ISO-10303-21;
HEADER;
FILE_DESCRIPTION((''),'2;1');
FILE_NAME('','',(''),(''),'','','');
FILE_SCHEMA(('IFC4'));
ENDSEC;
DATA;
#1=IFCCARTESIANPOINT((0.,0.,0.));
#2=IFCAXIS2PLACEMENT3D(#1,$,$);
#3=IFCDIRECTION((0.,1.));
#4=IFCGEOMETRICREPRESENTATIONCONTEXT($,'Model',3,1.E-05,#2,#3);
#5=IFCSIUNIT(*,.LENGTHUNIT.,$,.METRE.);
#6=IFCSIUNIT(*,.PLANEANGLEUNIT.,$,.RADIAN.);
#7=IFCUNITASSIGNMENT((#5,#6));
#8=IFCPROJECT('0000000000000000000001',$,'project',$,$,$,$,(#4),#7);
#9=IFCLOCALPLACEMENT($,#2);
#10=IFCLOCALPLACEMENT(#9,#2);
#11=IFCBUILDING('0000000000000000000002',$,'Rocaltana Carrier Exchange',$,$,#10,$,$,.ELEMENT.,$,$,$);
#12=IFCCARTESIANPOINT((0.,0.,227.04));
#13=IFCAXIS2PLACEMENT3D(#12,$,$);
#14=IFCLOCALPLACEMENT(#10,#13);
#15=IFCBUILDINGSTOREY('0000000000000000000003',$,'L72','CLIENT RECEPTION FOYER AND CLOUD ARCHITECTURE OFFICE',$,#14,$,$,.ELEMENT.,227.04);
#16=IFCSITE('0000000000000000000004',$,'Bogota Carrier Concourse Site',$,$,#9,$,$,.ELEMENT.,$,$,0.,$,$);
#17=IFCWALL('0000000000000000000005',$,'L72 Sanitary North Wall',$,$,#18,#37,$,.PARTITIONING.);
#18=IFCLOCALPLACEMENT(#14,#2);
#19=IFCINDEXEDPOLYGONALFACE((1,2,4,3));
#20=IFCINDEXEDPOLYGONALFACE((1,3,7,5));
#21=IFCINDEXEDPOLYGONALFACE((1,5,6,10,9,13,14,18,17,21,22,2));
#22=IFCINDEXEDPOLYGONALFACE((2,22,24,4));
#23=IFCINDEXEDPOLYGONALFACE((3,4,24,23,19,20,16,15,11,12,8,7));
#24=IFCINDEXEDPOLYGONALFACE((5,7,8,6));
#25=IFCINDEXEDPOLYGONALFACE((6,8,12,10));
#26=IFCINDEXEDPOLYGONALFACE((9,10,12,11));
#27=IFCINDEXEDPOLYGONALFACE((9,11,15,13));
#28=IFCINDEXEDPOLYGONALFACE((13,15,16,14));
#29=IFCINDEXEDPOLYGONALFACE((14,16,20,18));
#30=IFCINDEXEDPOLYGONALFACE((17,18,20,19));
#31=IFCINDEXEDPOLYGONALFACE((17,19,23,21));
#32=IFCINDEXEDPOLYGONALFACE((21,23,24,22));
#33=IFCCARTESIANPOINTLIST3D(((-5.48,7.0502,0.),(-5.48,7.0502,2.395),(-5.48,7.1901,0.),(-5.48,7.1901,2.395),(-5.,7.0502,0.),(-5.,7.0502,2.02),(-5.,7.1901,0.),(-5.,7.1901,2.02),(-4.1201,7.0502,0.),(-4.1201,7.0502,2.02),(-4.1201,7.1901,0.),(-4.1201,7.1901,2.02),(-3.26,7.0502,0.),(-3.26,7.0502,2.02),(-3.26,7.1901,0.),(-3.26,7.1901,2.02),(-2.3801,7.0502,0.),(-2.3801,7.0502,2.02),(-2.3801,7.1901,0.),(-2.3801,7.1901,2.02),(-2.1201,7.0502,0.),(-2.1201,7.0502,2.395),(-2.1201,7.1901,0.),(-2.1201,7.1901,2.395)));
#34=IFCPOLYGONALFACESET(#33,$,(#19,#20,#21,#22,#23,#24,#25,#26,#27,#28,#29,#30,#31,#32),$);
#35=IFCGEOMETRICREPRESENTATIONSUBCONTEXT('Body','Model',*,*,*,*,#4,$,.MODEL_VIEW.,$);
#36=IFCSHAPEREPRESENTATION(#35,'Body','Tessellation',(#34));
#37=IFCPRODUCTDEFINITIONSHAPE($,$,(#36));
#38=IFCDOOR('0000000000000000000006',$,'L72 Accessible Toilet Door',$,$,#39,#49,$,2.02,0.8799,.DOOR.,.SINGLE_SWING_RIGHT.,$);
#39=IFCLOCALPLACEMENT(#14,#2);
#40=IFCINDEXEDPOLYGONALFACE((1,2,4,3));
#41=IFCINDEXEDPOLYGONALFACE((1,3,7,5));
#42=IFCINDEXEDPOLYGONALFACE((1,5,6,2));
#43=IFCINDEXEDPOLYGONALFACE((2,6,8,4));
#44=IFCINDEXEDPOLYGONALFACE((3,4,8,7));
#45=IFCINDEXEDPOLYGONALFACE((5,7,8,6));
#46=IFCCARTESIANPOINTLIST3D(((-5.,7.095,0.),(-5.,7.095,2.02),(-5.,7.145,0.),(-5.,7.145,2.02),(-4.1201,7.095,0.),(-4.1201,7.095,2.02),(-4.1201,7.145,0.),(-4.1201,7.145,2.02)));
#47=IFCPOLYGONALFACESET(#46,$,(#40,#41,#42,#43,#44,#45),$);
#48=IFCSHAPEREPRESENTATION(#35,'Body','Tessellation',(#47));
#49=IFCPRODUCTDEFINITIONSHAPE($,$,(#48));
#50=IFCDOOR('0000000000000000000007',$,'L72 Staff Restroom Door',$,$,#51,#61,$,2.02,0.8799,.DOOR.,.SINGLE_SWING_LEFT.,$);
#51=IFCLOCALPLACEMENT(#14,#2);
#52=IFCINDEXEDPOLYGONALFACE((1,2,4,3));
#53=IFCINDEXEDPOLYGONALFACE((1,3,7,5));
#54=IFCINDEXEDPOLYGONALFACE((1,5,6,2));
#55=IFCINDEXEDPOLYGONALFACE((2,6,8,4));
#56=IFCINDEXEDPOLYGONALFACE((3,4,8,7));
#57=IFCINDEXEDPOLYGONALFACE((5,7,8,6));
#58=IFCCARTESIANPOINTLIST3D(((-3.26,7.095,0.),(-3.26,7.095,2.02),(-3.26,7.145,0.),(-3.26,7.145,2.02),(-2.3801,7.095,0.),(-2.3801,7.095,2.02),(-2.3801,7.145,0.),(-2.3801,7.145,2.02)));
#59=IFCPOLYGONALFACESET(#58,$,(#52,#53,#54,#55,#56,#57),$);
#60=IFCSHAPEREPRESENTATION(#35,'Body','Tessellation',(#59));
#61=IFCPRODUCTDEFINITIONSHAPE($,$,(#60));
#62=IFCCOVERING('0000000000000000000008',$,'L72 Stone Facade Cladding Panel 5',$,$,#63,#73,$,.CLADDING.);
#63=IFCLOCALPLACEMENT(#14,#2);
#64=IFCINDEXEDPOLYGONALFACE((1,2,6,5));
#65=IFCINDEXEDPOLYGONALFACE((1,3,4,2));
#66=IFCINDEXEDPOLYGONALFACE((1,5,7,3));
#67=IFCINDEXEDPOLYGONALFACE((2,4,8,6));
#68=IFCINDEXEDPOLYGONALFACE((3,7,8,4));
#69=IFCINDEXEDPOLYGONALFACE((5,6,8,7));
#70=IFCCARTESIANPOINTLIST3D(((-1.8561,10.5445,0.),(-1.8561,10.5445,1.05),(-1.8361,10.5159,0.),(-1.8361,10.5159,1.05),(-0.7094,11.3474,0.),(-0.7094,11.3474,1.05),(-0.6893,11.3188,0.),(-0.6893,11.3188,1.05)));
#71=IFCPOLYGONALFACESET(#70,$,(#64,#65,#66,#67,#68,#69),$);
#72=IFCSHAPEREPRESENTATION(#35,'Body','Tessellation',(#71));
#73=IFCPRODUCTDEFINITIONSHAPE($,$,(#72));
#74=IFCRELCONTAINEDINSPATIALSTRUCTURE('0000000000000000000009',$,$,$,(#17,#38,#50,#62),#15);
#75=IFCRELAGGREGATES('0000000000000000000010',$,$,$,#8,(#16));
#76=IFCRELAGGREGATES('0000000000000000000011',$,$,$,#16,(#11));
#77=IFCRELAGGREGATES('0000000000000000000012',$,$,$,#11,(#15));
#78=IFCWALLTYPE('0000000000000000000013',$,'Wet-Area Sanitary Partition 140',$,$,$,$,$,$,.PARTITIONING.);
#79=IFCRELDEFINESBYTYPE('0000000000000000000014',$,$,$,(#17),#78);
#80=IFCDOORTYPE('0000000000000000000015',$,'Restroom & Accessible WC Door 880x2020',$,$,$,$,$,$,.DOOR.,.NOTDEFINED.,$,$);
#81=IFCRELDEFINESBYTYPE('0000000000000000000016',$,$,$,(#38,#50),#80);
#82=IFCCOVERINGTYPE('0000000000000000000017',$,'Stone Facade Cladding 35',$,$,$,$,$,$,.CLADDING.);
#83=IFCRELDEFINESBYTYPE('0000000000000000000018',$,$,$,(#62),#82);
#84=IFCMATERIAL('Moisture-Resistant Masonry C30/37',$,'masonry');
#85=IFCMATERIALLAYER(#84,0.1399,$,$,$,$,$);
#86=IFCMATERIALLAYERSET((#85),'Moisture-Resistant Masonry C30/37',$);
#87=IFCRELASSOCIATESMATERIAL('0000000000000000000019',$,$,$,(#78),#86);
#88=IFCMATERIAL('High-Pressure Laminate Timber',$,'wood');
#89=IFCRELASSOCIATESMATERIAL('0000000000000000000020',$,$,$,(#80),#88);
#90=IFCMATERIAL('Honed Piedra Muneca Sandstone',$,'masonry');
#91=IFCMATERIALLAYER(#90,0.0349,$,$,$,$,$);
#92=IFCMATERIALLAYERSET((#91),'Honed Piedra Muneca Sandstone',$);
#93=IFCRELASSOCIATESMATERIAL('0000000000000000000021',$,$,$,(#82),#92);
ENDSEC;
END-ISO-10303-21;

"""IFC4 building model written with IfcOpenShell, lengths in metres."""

from ifc_helpers import new_model, si_unit, direction, frame, frame_2d, origin, origin_2d, place, context, subcontext, project, spatial, rectangle, extrude, material, layer, layer_set, type_object, element, fill, save


model = new_model("IFC4")

# Units and contexts
model_context = context("Model", 3, precision=1e-05, world=origin(), true_north=direction((0.0, 1.0)))
body_context = subcontext(model_context, "Body", "Model", "MODEL_VIEW")
ifc_project = project(units=[si_unit("LENGTHUNIT", "METRE"), si_unit("PLANEANGLEUNIT", "RADIAN")], contexts=[model_context])

# Site, building, storey
site_placement = place(None, origin())
site = spatial("IfcSite", under=ifc_project, at=site_placement, Name="Bogota Carrier Concourse Site", CompositionType="ELEMENT", RefElevation=0.0)
building_placement = place(site_placement, origin())
building = spatial("IfcBuilding", under=site, at=building_placement, Name="Rocaltana Carrier Exchange", CompositionType="ELEMENT")
storey_placement = place(building_placement, frame((0.0, 0.0, 227.04)))
storey = spatial("IfcBuildingStorey", under=building, at=storey_placement, Name="L72", Description="CLIENT RECEPTION FOYER AND CLOUD ARCHITECTURE OFFICE", CompositionType="ELEMENT", Elevation=227.04)

# Shared definitions
ifc_material_1 = material(Name="Moisture-Resistant Masonry C30/37", Category="masonry")
ifc_layer_1 = layer(ifc_material_1, 0.1399)
ifc_layer_set_1 = layer_set([ifc_layer_1], Name="Moisture-Resistant Masonry C30/37")
wall_type_1 = type_object("IfcWallType", Name="Wet-Area Sanitary Partition 140", PredefinedType="PARTITIONING", material=ifc_layer_set_1)

# Wall, openings, doors
wall_1_placement = place(storey_placement, frame((-5.48, 7.1201, 0.0), z_axis=(0.0, 0.0, 1.0), x_axis=(1.0, 0.0, 0.0)))
wall_1 = element("IfcWall", 1, at=wall_1_placement, inside=storey, type_object=wall_type_1, Name="L72 Sanitary North Wall", PredefinedType="PARTITIONING", context=body_context, shape_type="SweptSolid", body=[
    extrude(rectangle(XDim=3.3599, YDim=0.1399, at=frame_2d((1.6799, 0.0))), origin(), (0.0, 0.0, 1.0), 2.395),
])
opening_1_placement = place(wall_1_placement, frame((0.48, 0.0, 0.0)))
opening_1 = element("IfcOpeningElement", 2, at=opening_1_placement, cuts=wall_1, PredefinedType="OPENING", context=body_context, shape_type="SweptSolid", body=[
    extrude(rectangle(XDim=0.8799, YDim=2.02, at=frame_2d((0.4399, 1.01))), frame((0.0, 0.0798, 0.0), z_axis=(0.0, -1.0, 0.0), x_axis=(1.0, 0.0, 0.0)), (0.0, 0.0, 1.0), 0.1599),
])
opening_2_placement = place(wall_1_placement, frame((2.22, 0.0, 0.0)))
opening_2 = element("IfcOpeningElement", 3, at=opening_2_placement, cuts=wall_1, PredefinedType="OPENING", context=body_context, shape_type="SweptSolid", body=[
    extrude(rectangle(XDim=0.8799, YDim=2.02, at=frame_2d((0.4399, 1.01))), frame((0.0, 0.0798, 0.0), z_axis=(0.0, -1.0, 0.0), x_axis=(1.0, 0.0, 0.0)), (0.0, 0.0, 1.0), 0.1599),
])
ifc_material_2 = material(Name="High-Pressure Laminate Timber", Category="wood")
door_type_1 = type_object("IfcDoorType", Name="Restroom & Accessible WC Door 880x2020", OperationType="NOTDEFINED", PredefinedType="DOOR", material=ifc_material_2)
door_1_placement = place(opening_1_placement, origin())
door_1 = element("IfcDoor", 4, at=door_1_placement, inside=storey, type_object=door_type_1, Name="L72 Accessible Toilet Door", OperationType="SINGLE_SWING_RIGHT", OverallHeight=2.02, OverallWidth=0.8799, PredefinedType="DOOR", context=body_context, shape_type="SweptSolid", body=[
    extrude(rectangle(XDim=0.8799, YDim=2.02, at=frame_2d((0.4399, 1.01))), frame((0.0, 0.0249, 0.0), z_axis=(0.0, -1.0, 0.0), x_axis=(1.0, 0.0, 0.0)), (0.0, 0.0, 1.0), 0.05),
])
fill(opening_1, door_1)
door_2_placement = place(opening_2_placement, origin())
door_2 = element("IfcDoor", 5, at=door_2_placement, inside=storey, type_object=door_type_1, Name="L72 Staff Restroom Door", OperationType="SINGLE_SWING_LEFT", OverallHeight=2.02, OverallWidth=0.8799, PredefinedType="DOOR", context=body_context, shape_type="SweptSolid", body=[
    extrude(rectangle(XDim=0.8799, YDim=2.02, at=frame_2d((0.4399, 1.01))), frame((0.0, 0.0249, 0.0), z_axis=(0.0, -1.0, 0.0), x_axis=(1.0, 0.0, 0.0)), (0.0, 0.0, 1.0), 0.05),
])
fill(opening_2, door_2)

# Covering
ifc_material_3 = material(Name="Honed Piedra Muneca Sandstone", Category="masonry")
ifc_layer_2 = layer(ifc_material_3, 0.0349)
ifc_layer_set_2 = layer_set([ifc_layer_2], Name="Honed Piedra Muneca Sandstone")
covering_type = type_object("IfcCoveringType", Name="Stone Facade Cladding 35", PredefinedType="CLADDING", material=ifc_layer_set_2)
covering_placement = place(storey_placement, frame((-1.2727, 10.9316, 0.0), z_axis=(0.0, 0.0, 1.0), x_axis=(0.819152, 0.573576, 0.0)))
element("IfcCovering", 6, at=covering_placement, inside=storey, type_object=covering_type, Name="L72 Stone Facade Cladding Panel 5", PredefinedType="CLADDING", context=body_context, shape_type="SweptSolid", body=[
    extrude(rectangle(XDim=1.3999, YDim=0.0349, at=origin_2d()), origin(), (0.0, 0.0, 1.0), 1.05),
])

save(model, "model.ifc")
